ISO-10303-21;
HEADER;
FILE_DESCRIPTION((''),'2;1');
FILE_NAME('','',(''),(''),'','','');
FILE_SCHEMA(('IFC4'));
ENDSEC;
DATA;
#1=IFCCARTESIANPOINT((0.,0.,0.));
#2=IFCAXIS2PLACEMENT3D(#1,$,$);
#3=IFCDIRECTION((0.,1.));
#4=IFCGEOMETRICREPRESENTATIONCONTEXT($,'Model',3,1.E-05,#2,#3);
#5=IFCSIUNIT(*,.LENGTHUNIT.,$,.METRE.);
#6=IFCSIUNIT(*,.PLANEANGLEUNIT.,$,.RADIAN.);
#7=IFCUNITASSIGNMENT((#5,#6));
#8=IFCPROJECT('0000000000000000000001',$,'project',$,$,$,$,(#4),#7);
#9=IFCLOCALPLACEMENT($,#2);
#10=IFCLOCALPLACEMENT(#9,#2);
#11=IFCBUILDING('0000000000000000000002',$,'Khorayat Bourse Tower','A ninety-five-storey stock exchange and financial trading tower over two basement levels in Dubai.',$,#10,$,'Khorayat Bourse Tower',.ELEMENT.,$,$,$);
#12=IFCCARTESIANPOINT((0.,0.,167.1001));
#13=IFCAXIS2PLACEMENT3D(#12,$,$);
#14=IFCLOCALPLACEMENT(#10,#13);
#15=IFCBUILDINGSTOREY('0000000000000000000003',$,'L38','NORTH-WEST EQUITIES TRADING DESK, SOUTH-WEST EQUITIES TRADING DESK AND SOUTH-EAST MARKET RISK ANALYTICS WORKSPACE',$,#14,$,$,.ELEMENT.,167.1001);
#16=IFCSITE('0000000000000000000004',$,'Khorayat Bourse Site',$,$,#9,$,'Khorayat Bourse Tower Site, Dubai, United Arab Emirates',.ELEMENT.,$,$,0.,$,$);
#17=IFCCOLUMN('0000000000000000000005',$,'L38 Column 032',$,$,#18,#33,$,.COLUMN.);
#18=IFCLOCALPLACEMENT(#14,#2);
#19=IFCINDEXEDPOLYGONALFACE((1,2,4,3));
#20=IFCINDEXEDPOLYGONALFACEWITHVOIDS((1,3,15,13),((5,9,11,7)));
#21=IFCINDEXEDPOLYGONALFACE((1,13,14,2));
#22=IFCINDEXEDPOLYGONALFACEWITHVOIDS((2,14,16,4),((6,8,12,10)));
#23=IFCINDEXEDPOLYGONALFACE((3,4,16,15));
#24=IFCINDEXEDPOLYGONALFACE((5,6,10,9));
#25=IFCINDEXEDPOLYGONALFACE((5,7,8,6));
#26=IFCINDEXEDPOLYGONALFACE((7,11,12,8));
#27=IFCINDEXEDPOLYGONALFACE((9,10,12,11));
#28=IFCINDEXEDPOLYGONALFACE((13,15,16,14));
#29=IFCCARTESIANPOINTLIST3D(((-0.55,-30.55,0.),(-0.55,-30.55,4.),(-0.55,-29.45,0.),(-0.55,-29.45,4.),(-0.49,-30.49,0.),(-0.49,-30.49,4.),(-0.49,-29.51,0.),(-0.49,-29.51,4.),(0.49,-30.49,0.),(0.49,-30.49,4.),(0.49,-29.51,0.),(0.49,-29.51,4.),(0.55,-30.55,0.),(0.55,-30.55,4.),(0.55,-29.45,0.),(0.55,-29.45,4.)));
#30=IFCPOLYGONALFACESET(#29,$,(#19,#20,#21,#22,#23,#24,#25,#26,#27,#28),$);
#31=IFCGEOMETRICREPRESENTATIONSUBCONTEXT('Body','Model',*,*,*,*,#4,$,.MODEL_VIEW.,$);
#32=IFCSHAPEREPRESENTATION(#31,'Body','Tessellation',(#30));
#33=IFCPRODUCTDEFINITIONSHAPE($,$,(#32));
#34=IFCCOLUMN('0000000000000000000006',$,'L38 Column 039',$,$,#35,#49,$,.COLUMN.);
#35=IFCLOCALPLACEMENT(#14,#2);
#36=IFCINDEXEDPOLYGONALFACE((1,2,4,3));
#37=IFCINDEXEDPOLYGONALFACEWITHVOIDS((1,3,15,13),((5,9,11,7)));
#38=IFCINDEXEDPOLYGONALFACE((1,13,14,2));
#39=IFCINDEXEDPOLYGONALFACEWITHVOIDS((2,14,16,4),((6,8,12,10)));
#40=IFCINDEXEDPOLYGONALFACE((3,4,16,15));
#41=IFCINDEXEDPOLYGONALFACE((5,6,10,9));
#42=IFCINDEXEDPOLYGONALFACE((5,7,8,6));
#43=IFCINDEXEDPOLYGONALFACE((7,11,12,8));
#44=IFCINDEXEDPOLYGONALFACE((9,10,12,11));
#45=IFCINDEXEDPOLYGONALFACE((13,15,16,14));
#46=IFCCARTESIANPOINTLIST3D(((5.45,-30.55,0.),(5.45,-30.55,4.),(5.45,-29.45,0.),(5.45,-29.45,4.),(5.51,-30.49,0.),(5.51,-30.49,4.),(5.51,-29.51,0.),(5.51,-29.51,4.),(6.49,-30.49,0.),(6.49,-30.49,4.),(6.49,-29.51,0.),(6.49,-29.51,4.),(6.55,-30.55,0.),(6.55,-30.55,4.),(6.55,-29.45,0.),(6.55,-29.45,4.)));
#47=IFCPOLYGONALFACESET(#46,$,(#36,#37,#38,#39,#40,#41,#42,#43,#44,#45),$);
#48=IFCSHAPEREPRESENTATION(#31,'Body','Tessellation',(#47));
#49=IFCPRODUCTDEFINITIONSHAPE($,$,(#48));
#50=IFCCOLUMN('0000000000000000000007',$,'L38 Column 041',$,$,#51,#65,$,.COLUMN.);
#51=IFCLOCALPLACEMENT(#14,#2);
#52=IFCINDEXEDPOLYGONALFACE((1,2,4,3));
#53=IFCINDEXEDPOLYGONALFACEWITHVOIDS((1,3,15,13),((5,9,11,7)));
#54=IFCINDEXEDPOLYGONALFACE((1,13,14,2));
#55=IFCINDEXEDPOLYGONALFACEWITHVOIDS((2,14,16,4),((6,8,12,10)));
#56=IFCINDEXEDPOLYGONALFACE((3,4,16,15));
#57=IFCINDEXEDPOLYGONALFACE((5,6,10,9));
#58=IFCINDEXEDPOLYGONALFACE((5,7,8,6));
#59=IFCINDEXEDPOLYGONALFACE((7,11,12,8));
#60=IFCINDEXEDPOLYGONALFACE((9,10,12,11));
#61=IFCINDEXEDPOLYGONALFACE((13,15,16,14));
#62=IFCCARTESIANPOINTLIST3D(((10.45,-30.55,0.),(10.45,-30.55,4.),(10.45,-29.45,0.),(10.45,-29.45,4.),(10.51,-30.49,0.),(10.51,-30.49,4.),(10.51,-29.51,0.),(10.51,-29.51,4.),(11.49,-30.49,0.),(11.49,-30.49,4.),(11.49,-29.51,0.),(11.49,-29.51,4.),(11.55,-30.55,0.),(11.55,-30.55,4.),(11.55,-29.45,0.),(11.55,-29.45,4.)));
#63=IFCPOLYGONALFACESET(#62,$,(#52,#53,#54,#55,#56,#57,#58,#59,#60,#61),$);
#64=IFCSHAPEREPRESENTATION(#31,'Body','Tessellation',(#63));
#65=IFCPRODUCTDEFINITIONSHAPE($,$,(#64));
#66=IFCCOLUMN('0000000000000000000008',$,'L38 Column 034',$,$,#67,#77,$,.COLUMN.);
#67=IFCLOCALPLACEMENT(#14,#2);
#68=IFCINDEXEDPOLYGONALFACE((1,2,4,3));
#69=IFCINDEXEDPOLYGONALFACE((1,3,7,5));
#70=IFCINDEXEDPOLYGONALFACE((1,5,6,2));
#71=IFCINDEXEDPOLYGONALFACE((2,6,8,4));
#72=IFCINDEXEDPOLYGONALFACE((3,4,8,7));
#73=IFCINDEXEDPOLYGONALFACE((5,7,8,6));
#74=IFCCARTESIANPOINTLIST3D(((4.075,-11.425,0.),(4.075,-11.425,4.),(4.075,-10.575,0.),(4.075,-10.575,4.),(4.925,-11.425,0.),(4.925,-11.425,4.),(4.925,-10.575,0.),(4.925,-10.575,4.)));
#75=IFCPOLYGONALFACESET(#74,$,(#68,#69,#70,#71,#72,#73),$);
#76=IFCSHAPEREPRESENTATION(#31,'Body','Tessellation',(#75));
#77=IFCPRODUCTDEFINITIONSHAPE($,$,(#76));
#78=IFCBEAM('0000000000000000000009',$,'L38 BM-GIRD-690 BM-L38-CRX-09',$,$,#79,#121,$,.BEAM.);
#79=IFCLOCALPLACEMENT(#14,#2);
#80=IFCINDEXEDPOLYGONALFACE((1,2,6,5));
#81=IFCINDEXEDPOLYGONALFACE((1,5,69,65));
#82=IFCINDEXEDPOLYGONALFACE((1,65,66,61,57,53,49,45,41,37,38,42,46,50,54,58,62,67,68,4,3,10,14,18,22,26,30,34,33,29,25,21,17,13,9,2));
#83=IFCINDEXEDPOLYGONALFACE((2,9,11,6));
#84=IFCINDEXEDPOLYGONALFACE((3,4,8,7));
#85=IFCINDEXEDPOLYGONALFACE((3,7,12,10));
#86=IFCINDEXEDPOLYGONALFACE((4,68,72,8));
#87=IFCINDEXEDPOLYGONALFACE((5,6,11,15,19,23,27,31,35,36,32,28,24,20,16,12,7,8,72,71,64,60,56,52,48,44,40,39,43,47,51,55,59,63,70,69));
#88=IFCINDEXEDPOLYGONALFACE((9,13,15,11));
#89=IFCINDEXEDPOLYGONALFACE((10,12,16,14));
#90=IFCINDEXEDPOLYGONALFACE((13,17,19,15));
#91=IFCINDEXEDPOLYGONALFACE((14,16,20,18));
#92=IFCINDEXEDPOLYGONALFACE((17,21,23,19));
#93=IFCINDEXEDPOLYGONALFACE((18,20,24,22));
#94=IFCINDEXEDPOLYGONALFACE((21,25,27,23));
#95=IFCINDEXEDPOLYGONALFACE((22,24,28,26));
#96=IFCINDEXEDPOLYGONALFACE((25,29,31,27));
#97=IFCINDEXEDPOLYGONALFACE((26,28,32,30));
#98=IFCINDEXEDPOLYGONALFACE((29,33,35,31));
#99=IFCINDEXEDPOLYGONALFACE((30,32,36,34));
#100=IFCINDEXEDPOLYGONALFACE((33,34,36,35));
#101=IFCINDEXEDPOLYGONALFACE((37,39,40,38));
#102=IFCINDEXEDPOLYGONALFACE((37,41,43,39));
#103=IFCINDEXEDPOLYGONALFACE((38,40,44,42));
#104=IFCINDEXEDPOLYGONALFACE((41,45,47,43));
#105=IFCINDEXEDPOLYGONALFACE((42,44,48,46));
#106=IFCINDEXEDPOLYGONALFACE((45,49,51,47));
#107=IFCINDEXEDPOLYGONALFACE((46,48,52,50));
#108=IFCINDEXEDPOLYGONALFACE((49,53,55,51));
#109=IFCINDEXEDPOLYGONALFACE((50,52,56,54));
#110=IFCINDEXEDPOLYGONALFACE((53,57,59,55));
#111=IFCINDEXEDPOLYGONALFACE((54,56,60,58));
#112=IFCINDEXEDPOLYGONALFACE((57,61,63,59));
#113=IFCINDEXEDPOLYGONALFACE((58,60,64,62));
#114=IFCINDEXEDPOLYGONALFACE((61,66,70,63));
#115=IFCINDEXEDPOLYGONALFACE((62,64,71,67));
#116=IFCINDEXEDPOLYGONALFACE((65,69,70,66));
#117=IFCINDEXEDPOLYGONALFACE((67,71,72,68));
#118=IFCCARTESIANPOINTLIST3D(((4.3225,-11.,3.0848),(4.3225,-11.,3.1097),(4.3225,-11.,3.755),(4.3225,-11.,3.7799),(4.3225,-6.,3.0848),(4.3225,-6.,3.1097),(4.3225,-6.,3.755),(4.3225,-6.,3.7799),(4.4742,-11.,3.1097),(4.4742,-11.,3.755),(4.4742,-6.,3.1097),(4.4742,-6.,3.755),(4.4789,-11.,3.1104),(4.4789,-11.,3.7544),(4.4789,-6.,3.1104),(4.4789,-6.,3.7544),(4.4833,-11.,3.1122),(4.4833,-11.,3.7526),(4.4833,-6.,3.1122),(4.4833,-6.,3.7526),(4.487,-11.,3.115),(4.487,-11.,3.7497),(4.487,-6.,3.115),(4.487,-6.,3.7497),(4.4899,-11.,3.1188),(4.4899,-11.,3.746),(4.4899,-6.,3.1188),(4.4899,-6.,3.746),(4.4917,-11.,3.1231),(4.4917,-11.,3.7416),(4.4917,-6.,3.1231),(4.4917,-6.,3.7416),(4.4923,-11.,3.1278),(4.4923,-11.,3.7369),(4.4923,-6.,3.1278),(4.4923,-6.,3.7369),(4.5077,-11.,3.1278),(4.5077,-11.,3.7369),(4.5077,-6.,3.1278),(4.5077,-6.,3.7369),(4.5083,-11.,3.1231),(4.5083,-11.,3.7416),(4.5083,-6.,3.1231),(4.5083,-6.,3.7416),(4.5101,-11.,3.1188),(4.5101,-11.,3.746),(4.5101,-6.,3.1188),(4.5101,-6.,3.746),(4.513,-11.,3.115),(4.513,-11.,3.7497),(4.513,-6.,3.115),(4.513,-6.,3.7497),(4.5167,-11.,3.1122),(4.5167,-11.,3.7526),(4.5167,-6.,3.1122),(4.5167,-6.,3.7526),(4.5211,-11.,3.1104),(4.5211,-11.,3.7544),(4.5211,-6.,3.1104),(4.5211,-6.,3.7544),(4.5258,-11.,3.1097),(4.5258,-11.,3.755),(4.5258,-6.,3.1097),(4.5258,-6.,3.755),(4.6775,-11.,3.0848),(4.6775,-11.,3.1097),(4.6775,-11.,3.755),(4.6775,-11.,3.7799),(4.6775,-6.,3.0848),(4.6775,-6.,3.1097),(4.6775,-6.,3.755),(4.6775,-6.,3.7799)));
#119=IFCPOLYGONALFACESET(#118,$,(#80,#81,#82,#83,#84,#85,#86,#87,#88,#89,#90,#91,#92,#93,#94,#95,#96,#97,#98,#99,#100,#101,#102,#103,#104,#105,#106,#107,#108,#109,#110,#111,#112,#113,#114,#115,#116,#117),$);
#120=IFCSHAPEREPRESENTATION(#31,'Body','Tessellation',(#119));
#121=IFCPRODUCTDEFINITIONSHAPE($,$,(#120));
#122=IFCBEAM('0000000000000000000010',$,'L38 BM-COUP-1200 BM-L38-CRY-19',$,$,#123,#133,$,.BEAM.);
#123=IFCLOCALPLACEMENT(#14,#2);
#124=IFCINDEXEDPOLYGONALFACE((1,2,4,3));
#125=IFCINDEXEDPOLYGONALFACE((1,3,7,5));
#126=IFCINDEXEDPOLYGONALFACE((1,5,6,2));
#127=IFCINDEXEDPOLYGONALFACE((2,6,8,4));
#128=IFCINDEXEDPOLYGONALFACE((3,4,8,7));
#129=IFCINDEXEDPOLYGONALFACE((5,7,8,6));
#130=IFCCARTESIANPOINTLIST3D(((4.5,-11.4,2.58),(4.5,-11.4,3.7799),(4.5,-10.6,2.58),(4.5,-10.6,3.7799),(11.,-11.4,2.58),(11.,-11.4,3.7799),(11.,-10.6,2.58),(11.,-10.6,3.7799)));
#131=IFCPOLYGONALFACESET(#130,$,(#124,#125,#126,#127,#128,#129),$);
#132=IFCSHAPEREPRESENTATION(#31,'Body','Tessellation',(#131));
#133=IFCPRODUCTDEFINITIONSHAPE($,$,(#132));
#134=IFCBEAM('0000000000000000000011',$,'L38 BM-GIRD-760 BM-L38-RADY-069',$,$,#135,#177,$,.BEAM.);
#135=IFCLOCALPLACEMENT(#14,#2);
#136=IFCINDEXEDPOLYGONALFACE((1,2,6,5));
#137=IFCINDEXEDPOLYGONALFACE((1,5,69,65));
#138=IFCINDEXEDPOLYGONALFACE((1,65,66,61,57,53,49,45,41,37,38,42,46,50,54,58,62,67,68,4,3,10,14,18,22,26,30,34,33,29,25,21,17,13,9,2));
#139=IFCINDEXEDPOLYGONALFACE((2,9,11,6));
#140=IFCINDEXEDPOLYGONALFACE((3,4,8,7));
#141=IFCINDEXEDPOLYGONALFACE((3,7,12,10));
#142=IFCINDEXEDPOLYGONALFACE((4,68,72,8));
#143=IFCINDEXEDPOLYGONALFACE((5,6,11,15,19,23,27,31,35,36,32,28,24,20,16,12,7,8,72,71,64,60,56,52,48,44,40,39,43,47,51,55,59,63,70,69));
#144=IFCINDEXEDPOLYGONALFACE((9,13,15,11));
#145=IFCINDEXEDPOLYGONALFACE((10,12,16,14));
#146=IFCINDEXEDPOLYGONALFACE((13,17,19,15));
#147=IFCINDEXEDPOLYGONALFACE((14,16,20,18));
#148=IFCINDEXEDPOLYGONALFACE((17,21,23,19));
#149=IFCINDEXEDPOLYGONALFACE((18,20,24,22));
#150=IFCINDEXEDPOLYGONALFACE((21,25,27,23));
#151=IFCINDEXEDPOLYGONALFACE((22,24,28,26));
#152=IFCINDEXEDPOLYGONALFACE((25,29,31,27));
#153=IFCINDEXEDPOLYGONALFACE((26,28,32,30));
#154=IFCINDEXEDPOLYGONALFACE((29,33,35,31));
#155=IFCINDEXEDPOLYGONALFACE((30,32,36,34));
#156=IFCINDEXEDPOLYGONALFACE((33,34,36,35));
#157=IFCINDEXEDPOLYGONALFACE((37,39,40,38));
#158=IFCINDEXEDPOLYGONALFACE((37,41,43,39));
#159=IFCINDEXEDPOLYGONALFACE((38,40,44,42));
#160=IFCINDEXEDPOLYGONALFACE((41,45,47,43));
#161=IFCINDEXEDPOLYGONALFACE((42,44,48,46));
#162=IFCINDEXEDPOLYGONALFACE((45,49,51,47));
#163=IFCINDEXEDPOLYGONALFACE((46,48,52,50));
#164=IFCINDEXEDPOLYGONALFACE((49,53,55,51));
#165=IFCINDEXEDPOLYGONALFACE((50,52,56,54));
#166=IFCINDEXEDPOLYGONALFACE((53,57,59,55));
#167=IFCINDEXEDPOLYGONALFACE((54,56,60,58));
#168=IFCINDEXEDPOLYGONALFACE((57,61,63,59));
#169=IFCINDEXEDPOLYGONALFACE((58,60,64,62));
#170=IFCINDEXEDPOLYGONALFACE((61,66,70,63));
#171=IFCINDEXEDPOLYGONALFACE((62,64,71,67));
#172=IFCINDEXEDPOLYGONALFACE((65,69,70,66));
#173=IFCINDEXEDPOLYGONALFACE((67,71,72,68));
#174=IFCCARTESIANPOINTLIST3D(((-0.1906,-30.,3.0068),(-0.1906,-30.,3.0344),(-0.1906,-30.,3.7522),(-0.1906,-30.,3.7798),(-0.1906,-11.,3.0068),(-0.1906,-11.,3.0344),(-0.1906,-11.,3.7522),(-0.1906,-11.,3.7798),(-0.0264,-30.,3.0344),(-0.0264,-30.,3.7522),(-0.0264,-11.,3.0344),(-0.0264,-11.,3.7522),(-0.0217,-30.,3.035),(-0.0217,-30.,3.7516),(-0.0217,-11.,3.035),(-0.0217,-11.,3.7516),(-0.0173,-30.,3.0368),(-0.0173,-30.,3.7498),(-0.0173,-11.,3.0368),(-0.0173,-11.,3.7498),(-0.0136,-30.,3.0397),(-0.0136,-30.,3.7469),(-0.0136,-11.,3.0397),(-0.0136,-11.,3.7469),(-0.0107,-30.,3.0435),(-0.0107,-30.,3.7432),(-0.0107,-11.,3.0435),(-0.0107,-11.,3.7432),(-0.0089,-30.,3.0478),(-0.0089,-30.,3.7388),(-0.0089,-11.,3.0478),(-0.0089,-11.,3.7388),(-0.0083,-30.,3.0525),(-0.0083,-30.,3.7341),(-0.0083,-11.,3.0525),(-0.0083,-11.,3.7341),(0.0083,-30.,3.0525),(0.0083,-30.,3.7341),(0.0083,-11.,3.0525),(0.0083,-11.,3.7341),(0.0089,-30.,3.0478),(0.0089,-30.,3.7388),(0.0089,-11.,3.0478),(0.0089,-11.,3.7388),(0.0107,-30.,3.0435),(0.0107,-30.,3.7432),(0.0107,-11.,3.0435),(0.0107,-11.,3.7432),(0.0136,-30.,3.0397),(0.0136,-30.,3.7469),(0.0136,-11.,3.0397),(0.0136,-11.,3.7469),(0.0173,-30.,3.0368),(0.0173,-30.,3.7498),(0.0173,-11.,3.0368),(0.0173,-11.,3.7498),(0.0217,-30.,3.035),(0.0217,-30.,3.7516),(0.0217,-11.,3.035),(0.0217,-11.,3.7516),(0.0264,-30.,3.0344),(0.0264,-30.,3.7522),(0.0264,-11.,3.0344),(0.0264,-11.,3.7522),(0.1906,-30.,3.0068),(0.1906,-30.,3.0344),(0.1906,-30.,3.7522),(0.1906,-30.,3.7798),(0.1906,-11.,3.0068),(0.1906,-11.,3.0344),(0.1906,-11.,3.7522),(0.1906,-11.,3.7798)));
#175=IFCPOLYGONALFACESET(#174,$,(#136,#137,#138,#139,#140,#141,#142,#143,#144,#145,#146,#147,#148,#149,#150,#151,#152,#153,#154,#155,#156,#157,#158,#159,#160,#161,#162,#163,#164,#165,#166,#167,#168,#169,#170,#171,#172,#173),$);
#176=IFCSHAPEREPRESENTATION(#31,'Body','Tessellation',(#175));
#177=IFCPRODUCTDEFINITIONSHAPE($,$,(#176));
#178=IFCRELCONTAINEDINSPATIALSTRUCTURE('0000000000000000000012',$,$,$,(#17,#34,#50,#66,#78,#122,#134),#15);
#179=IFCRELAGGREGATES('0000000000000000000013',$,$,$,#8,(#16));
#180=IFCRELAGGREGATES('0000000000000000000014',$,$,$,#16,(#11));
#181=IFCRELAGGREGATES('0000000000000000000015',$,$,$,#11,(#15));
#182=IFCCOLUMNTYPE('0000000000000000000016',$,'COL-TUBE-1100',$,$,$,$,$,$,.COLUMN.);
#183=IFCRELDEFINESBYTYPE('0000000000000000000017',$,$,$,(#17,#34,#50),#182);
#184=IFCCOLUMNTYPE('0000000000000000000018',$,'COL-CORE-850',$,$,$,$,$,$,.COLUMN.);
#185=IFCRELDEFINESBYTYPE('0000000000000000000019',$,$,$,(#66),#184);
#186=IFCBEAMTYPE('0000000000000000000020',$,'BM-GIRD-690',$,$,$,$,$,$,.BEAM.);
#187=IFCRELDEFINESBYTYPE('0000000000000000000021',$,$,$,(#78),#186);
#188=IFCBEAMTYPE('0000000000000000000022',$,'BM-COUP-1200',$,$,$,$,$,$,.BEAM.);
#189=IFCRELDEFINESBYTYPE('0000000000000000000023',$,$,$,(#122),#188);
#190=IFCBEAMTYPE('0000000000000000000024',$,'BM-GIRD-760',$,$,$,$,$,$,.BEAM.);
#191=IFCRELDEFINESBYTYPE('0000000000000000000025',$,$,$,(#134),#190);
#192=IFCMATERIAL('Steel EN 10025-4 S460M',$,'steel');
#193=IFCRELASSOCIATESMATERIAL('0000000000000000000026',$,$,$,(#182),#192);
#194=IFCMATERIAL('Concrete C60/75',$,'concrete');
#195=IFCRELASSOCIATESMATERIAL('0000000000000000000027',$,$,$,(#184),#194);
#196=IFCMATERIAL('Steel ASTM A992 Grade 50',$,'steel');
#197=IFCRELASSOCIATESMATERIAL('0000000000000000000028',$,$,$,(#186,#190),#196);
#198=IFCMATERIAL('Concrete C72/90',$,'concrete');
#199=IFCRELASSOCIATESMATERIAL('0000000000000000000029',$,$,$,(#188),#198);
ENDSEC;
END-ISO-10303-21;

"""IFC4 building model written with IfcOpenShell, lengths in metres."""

from ifc_helpers import new_model, si_unit, direction, frame, origin, origin_2d, place, context, subcontext, project, spatial, rectangle, hollow_rectangle, i_section, extrude, source, transform, mapped, material, material_profile, profile_set, type_object, element, save


model = new_model("IFC4")

# Units and contexts
model_context = context("Model", 3, precision=1e-05, world=origin(), true_north=direction((0.0, 1.0)))
body_context = subcontext(model_context, "Body", "Model", "MODEL_VIEW")
ifc_project = project(units=[si_unit("LENGTHUNIT", "METRE"), si_unit("PLANEANGLEUNIT", "RADIAN")], contexts=[model_context])

# Site, building, storey
site_placement = place(None, origin())
site = spatial("IfcSite", under=ifc_project, at=site_placement, Name="Khorayat Bourse Site", LongName="Khorayat Bourse Tower Site, Dubai, United Arab Emirates", CompositionType="ELEMENT", RefElevation=0.0)
building_placement = place(site_placement, origin())
building = spatial("IfcBuilding", under=site, at=building_placement, Name="Khorayat Bourse Tower", Description="A ninety-five-storey stock exchange and financial trading tower over two basement levels in Dubai.", LongName="Khorayat Bourse Tower", CompositionType="ELEMENT")
storey_placement = place(building_placement, frame((0.0, 0.0, 167.1001)))
storey = spatial("IfcBuildingStorey", under=building, at=storey_placement, Name="L38", Description="NORTH-WEST EQUITIES TRADING DESK, SOUTH-WEST EQUITIES TRADING DESK AND SOUTH-EAST MARKET RISK ANALYTICS WORKSPACE", CompositionType="ELEMENT", Elevation=167.1001)

# Columns
ifc_material_1 = material(Name="Steel EN 10025-4 S460M", Category="steel")
ifc_material_profile_1 = material_profile(ifc_material_1, hollow_rectangle(XDim=1.1001, YDim=1.1001, WallThickness=0.0601, at=origin_2d()), Name="BOX 1100x1100x60")
ifc_profile_set_1 = profile_set([ifc_material_profile_1], Name="Steel EN 10025-4 S460M")
column_type_1 = type_object("IfcColumnType", Name="COL-TUBE-1100", PredefinedType="COLUMN", material=ifc_profile_set_1)
shared_shape_1 = source(origin(), body_context, "Body", "SweptSolid", [
    extrude(hollow_rectangle(XDim=1.1001, YDim=1.1001, WallThickness=0.0601, at=origin_2d()), origin(), (0.0, 0.0, 1.0), 4.0),
])
for number, where, z_axis, x_axis, name in (
    (1, (0.0, -30.0, 0.0), (0.0, 0.0, 1.0), (1.0, 0.0, 0.0), "L38 Column 032"),
    (2, (6.0, -30.0, 0.0), (0.0, 0.0, 1.0), (1.0, 0.0, 0.0), "L38 Column 039"),
    (3, (11.0, -30.0, 0.0), (0.0, 0.0, 1.0), (1.0, 0.0, 0.0), "L38 Column 041"),
):
    element("IfcColumn", number, at=place(storey_placement, frame(where, z_axis=z_axis, x_axis=x_axis)), inside=storey, type_object=column_type_1, Name=name, PredefinedType="COLUMN", context=body_context, shape_type="MappedRepresentation", body=[
        mapped(shared_shape_1, transform((0.0, 0.0, 0.0), scale=1.0)),
    ])
ifc_material_2 = material(Name="Concrete C60/75", Category="concrete")
ifc_material_profile_2 = material_profile(ifc_material_2, rectangle(XDim=0.8501, YDim=0.8501, at=origin_2d()), Name="RC 850x850")
ifc_profile_set_2 = profile_set([ifc_material_profile_2], Name="Concrete C60/75")
column_type_2 = type_object("IfcColumnType", Name="COL-CORE-850", PredefinedType="COLUMN", material=ifc_profile_set_2)
shared_shape_2 = source(origin(), body_context, "Body", "SweptSolid", [
    extrude(rectangle(XDim=0.8501, YDim=0.8501, at=origin_2d()), origin(), (0.0, 0.0, 1.0), 4.0),
])
column_placement = place(storey_placement, frame((4.5, -11.0, 0.0), z_axis=(0.0, 0.0, 1.0), x_axis=(1.0, 0.0, 0.0)))
element("IfcColumn", 4, at=column_placement, inside=storey, type_object=column_type_2, Name="L38 Column 034", PredefinedType="COLUMN", context=body_context, shape_type="MappedRepresentation", body=[
    mapped(shared_shape_2, transform((0.0, 0.0, 0.0), scale=1.0)),
])

# Beams
ifc_material_3 = material(Name="Steel ASTM A992 Grade 50", Category="steel")
ifc_material_profile_3 = material_profile(ifc_material_3, i_section(OverallWidth=0.355, OverallDepth=0.6951, WebThickness=0.0154, FlangeThickness=0.0249, FilletRadius=0.0181, at=origin_2d()), Name="W690X217")
ifc_profile_set_3 = profile_set([ifc_material_profile_3], Name="Steel ASTM A992 Grade 50")
beam_type_1 = type_object("IfcBeamType", Name="BM-GIRD-690", PredefinedType="BEAM", material=ifc_profile_set_3)
shared_shape_3 = source(origin(), body_context, "Body", "SweptSolid", [
    extrude(i_section(OverallWidth=0.355, OverallDepth=0.6951, WebThickness=0.0154, FlangeThickness=0.0249, FilletRadius=0.0181, at=origin_2d()), origin(), (0.0, 0.0, 1.0), 5.0),
])
beam_1_placement = place(storey_placement, frame((4.5, -11.0, 3.4324), z_axis=(0.0, 1.0, 0.0), x_axis=(-1.0, 0.0, 0.0)))
element("IfcBeam", 5, at=beam_1_placement, inside=storey, type_object=beam_type_1, Name="L38 BM-GIRD-690 BM-L38-CRX-09", PredefinedType="BEAM", context=body_context, shape_type="MappedRepresentation", body=[
    mapped(shared_shape_3, transform((0.0, 0.0, 0.0), scale=1.0)),
])
ifc_material_4 = material(Name="Concrete C72/90", Category="concrete")
ifc_material_profile_4 = material_profile(ifc_material_4, rectangle(XDim=0.8, YDim=1.2, at=origin_2d()), Name="RC 800x1200")
ifc_profile_set_4 = profile_set([ifc_material_profile_4], Name="Concrete C72/90")
beam_type_2 = type_object("IfcBeamType", Name="BM-COUP-1200", PredefinedType="BEAM", material=ifc_profile_set_4)
shared_shape_4 = source(origin(), body_context, "Body", "SweptSolid", [
    extrude(rectangle(XDim=0.8, YDim=1.2, at=origin_2d()), origin(), (0.0, 0.0, 1.0), 6.5),
])
beam_2_placement = place(storey_placement, frame((4.5, -11.0, 3.1799), z_axis=(1.0, 0.0, 0.0), x_axis=(0.0, 1.0, 0.0)))
element("IfcBeam", 6, at=beam_2_placement, inside=storey, type_object=beam_type_2, Name="L38 BM-COUP-1200 BM-L38-CRY-19", PredefinedType="BEAM", context=body_context, shape_type="MappedRepresentation", body=[
    mapped(shared_shape_4, transform((0.0, 0.0, 0.0), scale=1.0)),
])
ifc_material_profile_5 = material_profile(ifc_material_3, i_section(OverallWidth=0.3811, OverallDepth=0.7729, WebThickness=0.0166, FlangeThickness=0.0276, FilletRadius=0.0181, at=origin_2d()), Name="W760X257")
ifc_profile_set_5 = profile_set([ifc_material_profile_5], Name="Steel ASTM A992 Grade 50")
beam_type_3 = type_object("IfcBeamType", Name="BM-GIRD-760", PredefinedType="BEAM", material=ifc_profile_set_5)
shared_shape_5 = source(origin(), body_context, "Body", "SweptSolid", [
    extrude(i_section(OverallWidth=0.3811, OverallDepth=0.7729, WebThickness=0.0166, FlangeThickness=0.0276, FilletRadius=0.0181, at=origin_2d()), origin(), (0.0, 0.0, 1.0), 19.0),
])
for number, where, z_axis, x_axis, name in (
    (7, (0.0, -30.0, 3.3933), (0.0, 1.0, 0.0), (-1.0, 0.0, 0.0), "L38 BM-GIRD-760 BM-L38-RADY-069"),
):
    element("IfcBeam", number, at=place(storey_placement, frame(where, z_axis=z_axis, x_axis=x_axis)), inside=storey, type_object=beam_type_3, Name=name, PredefinedType="BEAM", context=body_context, shape_type="MappedRepresentation", body=[
        mapped(shared_shape_5, transform((0.0, 0.0, 0.0), scale=1.0)),
    ])

save(model, "model.ifc")
